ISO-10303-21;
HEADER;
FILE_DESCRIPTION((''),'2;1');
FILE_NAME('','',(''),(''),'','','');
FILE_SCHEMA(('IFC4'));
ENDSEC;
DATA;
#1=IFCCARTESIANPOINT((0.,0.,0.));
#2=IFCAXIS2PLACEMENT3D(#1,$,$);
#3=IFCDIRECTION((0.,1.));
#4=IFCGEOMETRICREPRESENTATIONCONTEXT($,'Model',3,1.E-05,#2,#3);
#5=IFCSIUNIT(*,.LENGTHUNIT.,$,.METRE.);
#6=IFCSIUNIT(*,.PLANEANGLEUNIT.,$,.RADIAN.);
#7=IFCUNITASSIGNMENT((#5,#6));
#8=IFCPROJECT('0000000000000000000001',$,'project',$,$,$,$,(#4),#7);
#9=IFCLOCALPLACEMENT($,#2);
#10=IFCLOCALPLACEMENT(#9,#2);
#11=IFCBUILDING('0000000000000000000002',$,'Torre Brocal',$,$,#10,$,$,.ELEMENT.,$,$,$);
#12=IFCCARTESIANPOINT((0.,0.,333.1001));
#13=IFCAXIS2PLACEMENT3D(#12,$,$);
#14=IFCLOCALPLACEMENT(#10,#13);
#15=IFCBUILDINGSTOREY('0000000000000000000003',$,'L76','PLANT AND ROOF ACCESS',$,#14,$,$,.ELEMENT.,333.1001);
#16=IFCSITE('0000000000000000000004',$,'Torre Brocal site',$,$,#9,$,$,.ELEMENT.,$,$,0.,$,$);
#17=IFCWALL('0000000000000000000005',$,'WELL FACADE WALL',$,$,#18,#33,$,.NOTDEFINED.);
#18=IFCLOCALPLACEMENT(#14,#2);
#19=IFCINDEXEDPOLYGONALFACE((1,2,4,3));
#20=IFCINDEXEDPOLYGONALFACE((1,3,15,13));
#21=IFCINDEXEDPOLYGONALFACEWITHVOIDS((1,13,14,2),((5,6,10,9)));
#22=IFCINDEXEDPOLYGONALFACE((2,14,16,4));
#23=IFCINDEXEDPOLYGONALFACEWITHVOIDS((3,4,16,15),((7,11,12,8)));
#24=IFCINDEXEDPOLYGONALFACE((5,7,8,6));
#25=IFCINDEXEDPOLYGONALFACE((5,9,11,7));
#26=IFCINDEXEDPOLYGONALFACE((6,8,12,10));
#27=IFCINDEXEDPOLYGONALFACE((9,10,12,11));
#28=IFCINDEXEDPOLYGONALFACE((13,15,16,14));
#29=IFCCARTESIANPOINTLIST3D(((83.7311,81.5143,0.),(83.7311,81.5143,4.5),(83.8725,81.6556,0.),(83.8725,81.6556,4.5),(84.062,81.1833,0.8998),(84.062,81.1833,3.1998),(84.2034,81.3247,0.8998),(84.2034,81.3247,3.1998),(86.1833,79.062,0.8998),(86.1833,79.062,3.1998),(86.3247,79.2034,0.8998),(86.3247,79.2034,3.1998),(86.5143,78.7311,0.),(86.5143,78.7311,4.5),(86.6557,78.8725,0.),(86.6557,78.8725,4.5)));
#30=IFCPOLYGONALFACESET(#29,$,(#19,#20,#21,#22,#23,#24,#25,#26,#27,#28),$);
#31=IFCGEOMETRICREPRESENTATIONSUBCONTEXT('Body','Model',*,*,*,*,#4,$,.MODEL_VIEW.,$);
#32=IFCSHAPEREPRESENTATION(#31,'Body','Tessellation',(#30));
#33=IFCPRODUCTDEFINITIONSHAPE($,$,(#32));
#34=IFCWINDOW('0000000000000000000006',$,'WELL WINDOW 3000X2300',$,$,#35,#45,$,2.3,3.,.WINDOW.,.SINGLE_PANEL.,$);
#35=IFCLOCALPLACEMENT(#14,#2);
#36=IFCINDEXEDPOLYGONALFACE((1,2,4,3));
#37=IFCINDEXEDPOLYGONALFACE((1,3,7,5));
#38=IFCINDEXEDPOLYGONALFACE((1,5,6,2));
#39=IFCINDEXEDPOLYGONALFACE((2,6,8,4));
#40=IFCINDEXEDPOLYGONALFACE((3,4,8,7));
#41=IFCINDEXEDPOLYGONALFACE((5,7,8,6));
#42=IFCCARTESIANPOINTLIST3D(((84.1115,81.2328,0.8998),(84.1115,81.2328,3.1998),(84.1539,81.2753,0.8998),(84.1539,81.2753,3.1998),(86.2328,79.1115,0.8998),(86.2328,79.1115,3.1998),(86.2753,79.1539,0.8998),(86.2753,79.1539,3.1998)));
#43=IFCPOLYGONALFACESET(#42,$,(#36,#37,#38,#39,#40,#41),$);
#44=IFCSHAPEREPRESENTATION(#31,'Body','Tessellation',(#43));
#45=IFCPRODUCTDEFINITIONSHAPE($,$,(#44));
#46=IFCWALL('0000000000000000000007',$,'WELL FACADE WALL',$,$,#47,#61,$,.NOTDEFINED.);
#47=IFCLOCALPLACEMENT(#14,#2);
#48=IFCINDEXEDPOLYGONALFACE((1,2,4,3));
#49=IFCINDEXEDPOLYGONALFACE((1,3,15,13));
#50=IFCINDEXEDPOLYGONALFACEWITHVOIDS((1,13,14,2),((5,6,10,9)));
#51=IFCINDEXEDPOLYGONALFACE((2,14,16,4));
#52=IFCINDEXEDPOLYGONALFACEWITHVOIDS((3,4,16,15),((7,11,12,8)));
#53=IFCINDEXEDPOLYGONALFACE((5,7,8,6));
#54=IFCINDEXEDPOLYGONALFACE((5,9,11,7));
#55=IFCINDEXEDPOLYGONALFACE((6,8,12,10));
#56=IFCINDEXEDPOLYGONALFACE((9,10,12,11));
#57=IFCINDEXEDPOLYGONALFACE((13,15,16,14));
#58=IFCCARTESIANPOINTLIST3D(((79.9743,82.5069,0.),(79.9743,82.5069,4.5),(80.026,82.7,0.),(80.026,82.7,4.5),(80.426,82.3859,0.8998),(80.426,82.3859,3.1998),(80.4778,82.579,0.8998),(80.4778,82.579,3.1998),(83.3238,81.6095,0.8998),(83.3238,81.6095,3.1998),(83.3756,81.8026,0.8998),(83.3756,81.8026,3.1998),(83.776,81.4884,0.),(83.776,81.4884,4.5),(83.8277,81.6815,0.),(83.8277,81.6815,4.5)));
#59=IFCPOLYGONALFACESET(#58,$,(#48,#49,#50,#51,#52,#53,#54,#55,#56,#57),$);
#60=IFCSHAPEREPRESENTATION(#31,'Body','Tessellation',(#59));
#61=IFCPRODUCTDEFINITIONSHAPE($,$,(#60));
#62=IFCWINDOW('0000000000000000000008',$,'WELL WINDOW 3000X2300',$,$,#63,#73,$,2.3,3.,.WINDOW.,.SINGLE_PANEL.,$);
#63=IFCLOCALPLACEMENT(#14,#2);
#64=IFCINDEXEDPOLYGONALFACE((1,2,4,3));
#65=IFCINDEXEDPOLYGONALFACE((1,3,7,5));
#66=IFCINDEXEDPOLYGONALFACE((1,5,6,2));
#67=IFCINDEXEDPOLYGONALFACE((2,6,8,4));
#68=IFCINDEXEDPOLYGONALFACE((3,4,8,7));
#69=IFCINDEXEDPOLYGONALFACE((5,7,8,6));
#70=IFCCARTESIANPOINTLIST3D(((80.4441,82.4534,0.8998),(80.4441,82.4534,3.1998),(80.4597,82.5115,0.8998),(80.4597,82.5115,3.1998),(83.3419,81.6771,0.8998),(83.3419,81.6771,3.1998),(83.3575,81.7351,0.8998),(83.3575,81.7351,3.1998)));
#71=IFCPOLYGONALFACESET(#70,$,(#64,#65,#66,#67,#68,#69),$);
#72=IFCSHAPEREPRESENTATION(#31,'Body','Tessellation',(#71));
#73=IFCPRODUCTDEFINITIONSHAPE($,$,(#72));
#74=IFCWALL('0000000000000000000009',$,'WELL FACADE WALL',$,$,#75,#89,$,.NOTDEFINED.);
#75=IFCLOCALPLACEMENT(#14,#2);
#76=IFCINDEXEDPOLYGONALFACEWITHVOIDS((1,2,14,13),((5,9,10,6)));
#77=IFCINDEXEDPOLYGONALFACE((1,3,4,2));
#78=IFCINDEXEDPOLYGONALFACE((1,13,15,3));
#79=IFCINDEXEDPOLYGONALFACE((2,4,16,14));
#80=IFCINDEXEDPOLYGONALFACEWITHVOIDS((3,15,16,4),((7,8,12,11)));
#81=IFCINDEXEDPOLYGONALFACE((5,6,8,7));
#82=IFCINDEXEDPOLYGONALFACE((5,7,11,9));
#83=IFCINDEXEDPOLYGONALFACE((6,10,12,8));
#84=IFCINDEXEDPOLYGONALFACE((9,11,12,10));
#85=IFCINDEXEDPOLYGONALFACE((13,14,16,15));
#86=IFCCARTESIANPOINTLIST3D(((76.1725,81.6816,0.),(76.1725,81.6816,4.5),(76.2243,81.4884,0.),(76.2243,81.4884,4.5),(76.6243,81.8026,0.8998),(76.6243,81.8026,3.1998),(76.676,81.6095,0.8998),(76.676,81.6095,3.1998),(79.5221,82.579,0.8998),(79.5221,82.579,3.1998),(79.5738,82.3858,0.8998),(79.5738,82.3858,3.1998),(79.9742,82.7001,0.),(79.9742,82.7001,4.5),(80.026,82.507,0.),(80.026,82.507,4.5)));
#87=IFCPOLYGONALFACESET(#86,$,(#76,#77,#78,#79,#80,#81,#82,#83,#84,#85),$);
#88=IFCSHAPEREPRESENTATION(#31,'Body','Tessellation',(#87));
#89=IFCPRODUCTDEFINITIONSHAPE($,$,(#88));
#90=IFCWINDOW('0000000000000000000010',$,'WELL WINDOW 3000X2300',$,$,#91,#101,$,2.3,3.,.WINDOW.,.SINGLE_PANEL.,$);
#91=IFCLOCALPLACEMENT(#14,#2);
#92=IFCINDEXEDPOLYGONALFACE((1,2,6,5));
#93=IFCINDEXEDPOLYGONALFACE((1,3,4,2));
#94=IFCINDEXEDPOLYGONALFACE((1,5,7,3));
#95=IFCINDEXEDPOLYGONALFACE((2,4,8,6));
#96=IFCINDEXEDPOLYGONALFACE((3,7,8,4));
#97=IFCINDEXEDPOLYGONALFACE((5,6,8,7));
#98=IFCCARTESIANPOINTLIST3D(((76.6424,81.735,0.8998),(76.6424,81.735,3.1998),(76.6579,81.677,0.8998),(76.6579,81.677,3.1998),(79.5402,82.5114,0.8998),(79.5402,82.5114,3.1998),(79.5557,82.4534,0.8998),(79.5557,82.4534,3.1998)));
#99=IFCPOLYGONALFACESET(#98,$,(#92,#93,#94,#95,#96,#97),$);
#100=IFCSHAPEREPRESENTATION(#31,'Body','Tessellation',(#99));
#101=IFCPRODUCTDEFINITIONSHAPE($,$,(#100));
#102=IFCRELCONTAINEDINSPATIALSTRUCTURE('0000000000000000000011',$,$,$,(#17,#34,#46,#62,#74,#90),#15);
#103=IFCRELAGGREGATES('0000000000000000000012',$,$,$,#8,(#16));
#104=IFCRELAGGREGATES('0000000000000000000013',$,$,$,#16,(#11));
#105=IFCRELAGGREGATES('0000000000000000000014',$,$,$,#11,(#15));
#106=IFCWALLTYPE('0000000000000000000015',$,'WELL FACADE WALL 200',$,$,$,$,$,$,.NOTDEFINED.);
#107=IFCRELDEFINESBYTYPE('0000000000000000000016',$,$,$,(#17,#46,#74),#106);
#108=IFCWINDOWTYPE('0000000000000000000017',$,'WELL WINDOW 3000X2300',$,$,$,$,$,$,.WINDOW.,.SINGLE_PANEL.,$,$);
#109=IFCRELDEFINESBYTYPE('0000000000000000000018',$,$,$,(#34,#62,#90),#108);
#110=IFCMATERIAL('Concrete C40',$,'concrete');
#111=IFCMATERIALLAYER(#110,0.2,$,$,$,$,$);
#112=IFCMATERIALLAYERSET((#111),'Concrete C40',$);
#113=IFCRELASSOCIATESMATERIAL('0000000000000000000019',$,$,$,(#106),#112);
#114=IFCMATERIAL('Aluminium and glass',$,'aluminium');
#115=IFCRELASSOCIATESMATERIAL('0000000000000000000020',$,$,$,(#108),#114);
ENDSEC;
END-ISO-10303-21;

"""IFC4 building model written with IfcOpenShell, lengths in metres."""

from ifc_helpers import new_model, si_unit, direction, frame, frame_2d, origin, place, context, subcontext, project, spatial, rectangle, extrude, material, layer, layer_set, type_object, element, fill, save


model = new_model("IFC4")

# Units and contexts
model_context = context("Model", 3, precision=1e-05, world=origin(), true_north=direction((0.0, 1.0)))
body_context = subcontext(model_context, "Body", "Model", "MODEL_VIEW")
ifc_project = project(units=[si_unit("LENGTHUNIT", "METRE"), si_unit("PLANEANGLEUNIT", "RADIAN")], contexts=[model_context])

# Site, building, storey
site_placement = place(None, origin())
site = spatial("IfcSite", under=ifc_project, at=site_placement, Name="Torre Brocal site", CompositionType="ELEMENT", RefElevation=0.0)
building_placement = place(site_placement, origin())
building = spatial("IfcBuilding", under=site, at=building_placement, Name="Torre Brocal", CompositionType="ELEMENT")
storey_placement = place(building_placement, frame((0.0, 0.0, 333.1001)))
storey = spatial("IfcBuildingStorey", under=building, at=storey_placement, Name="L76", Description="PLANT AND ROOF ACCESS", CompositionType="ELEMENT", Elevation=333.1001)

# Walls, openings, windows
ifc_material_1 = material(Name="Concrete C40", Category="concrete")
ifc_layer_1 = layer(ifc_material_1, 0.2)
ifc_layer_set_1 = layer_set([ifc_layer_1], Name="Concrete C40")
wall_type_1 = type_object("IfcWallType", Name="WELL FACADE WALL 200", PredefinedType="NOTDEFINED", material=ifc_layer_set_1)
ifc_material_2 = material(Name="Aluminium and glass", Category="aluminium")
window_type = type_object("IfcWindowType", Name="WELL WINDOW 3000X2300", PartitioningType="SINGLE_PANEL", PredefinedType="WINDOW", material=ifc_material_2)
wall_1_placement = place(storey_placement, frame((86.585, 78.8018, 0.0), z_axis=(0.0, 0.0, 1.0), x_axis=(-0.707107, 0.707107, 0.0)))
wall_1 = element("IfcWall", 1, at=wall_1_placement, inside=storey, type_object=wall_type_1, Name="WELL FACADE WALL", PredefinedType="NOTDEFINED", context=body_context, shape_type="SweptSolid", body=[
    extrude(rectangle(XDim=3.936, YDim=0.2, at=frame_2d((1.968, 0.0))), origin(), (0.0, 0.0, 1.0), 4.5),
])
opening_1_placement = place(wall_1_placement, frame((0.468, 0.0, 0.8999)))
opening_1 = element("IfcOpeningElement", 2, at=opening_1_placement, cuts=wall_1, PredefinedType="OPENING", context=body_context, shape_type="SweptSolid", body=[
    extrude(rectangle(XDim=3.0, YDim=2.3, at=frame_2d((1.5, 1.1499))), frame((0.0, 0.1099, 0.0), z_axis=(0.0, -1.0, 0.0), x_axis=(1.0, 0.0, 0.0)), (0.0, 0.0, 1.0), 0.22),
])
window_1_placement = place(opening_1_placement, origin())
window_1 = element("IfcWindow", 3, at=window_1_placement, inside=storey, type_object=window_type, Name="WELL WINDOW 3000X2300", OverallHeight=2.3, OverallWidth=3.0, PartitioningType="SINGLE_PANEL", PredefinedType="WINDOW", context=body_context, shape_type="SweptSolid", body=[
    extrude(rectangle(XDim=3.0, YDim=2.3, at=frame_2d((1.5, 1.1499))), frame((0.0, 0.03, 0.0), z_axis=(0.0, -1.0, 0.0), x_axis=(1.0, 0.0, 0.0)), (0.0, 0.0, 1.0), 0.0601),
])
fill(opening_1, window_1)
wall_2_placement = place(storey_placement, frame((83.8018, 81.585, 0.0), z_axis=(0.0, 0.0, 1.0), x_axis=(-0.965934, 0.25879, 0.0)))
wall_2 = element("IfcWall", 4, at=wall_2_placement, inside=storey, type_object=wall_type_1, Name="WELL FACADE WALL", PredefinedType="NOTDEFINED", context=body_context, shape_type="SweptSolid", body=[
    extrude(rectangle(XDim=3.9358, YDim=0.2, at=frame_2d((1.9678, 0.0))), origin(), (0.0, 0.0, 1.0), 4.5),
])
opening_2_placement = place(wall_2_placement, frame((0.468, 0.0, 0.8999)))
opening_2 = element("IfcOpeningElement", 5, at=opening_2_placement, cuts=wall_2, PredefinedType="OPENING", context=body_context, shape_type="SweptSolid", body=[
    extrude(rectangle(XDim=3.0, YDim=2.3, at=frame_2d((1.5, 1.1499))), frame((0.0, 0.1099, 0.0), z_axis=(0.0, -1.0, 0.0), x_axis=(1.0, 0.0, 0.0)), (0.0, 0.0, 1.0), 0.22),
])
window_2_placement = place(opening_2_placement, origin())
window_2 = element("IfcWindow", 6, at=window_2_placement, inside=storey, type_object=window_type, Name="WELL WINDOW 3000X2300", OverallHeight=2.3, OverallWidth=3.0, PartitioningType="SINGLE_PANEL", PredefinedType="WINDOW", context=body_context, shape_type="SweptSolid", body=[
    extrude(rectangle(XDim=3.0, YDim=2.3, at=frame_2d((1.5, 1.1499))), frame((0.0, 0.03, 0.0), z_axis=(0.0, -1.0, 0.0), x_axis=(1.0, 0.0, 0.0)), (0.0, 0.0, 1.0), 0.0601),
])
fill(opening_2, window_2)
wall_3_placement = place(storey_placement, frame((80.0, 82.6035, 0.0), z_axis=(0.0, 0.0, 1.0), x_axis=(-0.965934, -0.25879, 0.0)))
wall_3 = element("IfcWall", 7, at=wall_3_placement, inside=storey, type_object=wall_type_1, Name="WELL FACADE WALL", PredefinedType="NOTDEFINED", context=body_context, shape_type="SweptSolid", body=[
    extrude(rectangle(XDim=3.9358, YDim=0.2, at=frame_2d((1.9678, 0.0))), origin(), (0.0, 0.0, 1.0), 4.5),
])
opening_3_placement = place(wall_3_placement, frame((0.468, 0.0, 0.8999)))
opening_3 = element("IfcOpeningElement", 8, at=opening_3_placement, cuts=wall_3, PredefinedType="OPENING", context=body_context, shape_type="SweptSolid", body=[
    extrude(rectangle(XDim=3.0, YDim=2.3, at=frame_2d((1.5, 1.1499))), frame((0.0, 0.1099, 0.0), z_axis=(0.0, -1.0, 0.0), x_axis=(1.0, 0.0, 0.0)), (0.0, 0.0, 1.0), 0.22),
])
window_3_placement = place(opening_3_placement, origin())
window_3 = element("IfcWindow", 9, at=window_3_placement, inside=storey, type_object=window_type, Name="WELL WINDOW 3000X2300", OverallHeight=2.3, OverallWidth=3.0, PartitioningType="SINGLE_PANEL", PredefinedType="WINDOW", context=body_context, shape_type="SweptSolid", body=[
    extrude(rectangle(XDim=3.0, YDim=2.3, at=frame_2d((1.5, 1.1499))), frame((0.0, 0.03, 0.0), z_axis=(0.0, -1.0, 0.0), x_axis=(1.0, 0.0, 0.0)), (0.0, 0.0, 1.0), 0.0601),
])
fill(opening_3, window_3)

save(model, "model.ifc")
